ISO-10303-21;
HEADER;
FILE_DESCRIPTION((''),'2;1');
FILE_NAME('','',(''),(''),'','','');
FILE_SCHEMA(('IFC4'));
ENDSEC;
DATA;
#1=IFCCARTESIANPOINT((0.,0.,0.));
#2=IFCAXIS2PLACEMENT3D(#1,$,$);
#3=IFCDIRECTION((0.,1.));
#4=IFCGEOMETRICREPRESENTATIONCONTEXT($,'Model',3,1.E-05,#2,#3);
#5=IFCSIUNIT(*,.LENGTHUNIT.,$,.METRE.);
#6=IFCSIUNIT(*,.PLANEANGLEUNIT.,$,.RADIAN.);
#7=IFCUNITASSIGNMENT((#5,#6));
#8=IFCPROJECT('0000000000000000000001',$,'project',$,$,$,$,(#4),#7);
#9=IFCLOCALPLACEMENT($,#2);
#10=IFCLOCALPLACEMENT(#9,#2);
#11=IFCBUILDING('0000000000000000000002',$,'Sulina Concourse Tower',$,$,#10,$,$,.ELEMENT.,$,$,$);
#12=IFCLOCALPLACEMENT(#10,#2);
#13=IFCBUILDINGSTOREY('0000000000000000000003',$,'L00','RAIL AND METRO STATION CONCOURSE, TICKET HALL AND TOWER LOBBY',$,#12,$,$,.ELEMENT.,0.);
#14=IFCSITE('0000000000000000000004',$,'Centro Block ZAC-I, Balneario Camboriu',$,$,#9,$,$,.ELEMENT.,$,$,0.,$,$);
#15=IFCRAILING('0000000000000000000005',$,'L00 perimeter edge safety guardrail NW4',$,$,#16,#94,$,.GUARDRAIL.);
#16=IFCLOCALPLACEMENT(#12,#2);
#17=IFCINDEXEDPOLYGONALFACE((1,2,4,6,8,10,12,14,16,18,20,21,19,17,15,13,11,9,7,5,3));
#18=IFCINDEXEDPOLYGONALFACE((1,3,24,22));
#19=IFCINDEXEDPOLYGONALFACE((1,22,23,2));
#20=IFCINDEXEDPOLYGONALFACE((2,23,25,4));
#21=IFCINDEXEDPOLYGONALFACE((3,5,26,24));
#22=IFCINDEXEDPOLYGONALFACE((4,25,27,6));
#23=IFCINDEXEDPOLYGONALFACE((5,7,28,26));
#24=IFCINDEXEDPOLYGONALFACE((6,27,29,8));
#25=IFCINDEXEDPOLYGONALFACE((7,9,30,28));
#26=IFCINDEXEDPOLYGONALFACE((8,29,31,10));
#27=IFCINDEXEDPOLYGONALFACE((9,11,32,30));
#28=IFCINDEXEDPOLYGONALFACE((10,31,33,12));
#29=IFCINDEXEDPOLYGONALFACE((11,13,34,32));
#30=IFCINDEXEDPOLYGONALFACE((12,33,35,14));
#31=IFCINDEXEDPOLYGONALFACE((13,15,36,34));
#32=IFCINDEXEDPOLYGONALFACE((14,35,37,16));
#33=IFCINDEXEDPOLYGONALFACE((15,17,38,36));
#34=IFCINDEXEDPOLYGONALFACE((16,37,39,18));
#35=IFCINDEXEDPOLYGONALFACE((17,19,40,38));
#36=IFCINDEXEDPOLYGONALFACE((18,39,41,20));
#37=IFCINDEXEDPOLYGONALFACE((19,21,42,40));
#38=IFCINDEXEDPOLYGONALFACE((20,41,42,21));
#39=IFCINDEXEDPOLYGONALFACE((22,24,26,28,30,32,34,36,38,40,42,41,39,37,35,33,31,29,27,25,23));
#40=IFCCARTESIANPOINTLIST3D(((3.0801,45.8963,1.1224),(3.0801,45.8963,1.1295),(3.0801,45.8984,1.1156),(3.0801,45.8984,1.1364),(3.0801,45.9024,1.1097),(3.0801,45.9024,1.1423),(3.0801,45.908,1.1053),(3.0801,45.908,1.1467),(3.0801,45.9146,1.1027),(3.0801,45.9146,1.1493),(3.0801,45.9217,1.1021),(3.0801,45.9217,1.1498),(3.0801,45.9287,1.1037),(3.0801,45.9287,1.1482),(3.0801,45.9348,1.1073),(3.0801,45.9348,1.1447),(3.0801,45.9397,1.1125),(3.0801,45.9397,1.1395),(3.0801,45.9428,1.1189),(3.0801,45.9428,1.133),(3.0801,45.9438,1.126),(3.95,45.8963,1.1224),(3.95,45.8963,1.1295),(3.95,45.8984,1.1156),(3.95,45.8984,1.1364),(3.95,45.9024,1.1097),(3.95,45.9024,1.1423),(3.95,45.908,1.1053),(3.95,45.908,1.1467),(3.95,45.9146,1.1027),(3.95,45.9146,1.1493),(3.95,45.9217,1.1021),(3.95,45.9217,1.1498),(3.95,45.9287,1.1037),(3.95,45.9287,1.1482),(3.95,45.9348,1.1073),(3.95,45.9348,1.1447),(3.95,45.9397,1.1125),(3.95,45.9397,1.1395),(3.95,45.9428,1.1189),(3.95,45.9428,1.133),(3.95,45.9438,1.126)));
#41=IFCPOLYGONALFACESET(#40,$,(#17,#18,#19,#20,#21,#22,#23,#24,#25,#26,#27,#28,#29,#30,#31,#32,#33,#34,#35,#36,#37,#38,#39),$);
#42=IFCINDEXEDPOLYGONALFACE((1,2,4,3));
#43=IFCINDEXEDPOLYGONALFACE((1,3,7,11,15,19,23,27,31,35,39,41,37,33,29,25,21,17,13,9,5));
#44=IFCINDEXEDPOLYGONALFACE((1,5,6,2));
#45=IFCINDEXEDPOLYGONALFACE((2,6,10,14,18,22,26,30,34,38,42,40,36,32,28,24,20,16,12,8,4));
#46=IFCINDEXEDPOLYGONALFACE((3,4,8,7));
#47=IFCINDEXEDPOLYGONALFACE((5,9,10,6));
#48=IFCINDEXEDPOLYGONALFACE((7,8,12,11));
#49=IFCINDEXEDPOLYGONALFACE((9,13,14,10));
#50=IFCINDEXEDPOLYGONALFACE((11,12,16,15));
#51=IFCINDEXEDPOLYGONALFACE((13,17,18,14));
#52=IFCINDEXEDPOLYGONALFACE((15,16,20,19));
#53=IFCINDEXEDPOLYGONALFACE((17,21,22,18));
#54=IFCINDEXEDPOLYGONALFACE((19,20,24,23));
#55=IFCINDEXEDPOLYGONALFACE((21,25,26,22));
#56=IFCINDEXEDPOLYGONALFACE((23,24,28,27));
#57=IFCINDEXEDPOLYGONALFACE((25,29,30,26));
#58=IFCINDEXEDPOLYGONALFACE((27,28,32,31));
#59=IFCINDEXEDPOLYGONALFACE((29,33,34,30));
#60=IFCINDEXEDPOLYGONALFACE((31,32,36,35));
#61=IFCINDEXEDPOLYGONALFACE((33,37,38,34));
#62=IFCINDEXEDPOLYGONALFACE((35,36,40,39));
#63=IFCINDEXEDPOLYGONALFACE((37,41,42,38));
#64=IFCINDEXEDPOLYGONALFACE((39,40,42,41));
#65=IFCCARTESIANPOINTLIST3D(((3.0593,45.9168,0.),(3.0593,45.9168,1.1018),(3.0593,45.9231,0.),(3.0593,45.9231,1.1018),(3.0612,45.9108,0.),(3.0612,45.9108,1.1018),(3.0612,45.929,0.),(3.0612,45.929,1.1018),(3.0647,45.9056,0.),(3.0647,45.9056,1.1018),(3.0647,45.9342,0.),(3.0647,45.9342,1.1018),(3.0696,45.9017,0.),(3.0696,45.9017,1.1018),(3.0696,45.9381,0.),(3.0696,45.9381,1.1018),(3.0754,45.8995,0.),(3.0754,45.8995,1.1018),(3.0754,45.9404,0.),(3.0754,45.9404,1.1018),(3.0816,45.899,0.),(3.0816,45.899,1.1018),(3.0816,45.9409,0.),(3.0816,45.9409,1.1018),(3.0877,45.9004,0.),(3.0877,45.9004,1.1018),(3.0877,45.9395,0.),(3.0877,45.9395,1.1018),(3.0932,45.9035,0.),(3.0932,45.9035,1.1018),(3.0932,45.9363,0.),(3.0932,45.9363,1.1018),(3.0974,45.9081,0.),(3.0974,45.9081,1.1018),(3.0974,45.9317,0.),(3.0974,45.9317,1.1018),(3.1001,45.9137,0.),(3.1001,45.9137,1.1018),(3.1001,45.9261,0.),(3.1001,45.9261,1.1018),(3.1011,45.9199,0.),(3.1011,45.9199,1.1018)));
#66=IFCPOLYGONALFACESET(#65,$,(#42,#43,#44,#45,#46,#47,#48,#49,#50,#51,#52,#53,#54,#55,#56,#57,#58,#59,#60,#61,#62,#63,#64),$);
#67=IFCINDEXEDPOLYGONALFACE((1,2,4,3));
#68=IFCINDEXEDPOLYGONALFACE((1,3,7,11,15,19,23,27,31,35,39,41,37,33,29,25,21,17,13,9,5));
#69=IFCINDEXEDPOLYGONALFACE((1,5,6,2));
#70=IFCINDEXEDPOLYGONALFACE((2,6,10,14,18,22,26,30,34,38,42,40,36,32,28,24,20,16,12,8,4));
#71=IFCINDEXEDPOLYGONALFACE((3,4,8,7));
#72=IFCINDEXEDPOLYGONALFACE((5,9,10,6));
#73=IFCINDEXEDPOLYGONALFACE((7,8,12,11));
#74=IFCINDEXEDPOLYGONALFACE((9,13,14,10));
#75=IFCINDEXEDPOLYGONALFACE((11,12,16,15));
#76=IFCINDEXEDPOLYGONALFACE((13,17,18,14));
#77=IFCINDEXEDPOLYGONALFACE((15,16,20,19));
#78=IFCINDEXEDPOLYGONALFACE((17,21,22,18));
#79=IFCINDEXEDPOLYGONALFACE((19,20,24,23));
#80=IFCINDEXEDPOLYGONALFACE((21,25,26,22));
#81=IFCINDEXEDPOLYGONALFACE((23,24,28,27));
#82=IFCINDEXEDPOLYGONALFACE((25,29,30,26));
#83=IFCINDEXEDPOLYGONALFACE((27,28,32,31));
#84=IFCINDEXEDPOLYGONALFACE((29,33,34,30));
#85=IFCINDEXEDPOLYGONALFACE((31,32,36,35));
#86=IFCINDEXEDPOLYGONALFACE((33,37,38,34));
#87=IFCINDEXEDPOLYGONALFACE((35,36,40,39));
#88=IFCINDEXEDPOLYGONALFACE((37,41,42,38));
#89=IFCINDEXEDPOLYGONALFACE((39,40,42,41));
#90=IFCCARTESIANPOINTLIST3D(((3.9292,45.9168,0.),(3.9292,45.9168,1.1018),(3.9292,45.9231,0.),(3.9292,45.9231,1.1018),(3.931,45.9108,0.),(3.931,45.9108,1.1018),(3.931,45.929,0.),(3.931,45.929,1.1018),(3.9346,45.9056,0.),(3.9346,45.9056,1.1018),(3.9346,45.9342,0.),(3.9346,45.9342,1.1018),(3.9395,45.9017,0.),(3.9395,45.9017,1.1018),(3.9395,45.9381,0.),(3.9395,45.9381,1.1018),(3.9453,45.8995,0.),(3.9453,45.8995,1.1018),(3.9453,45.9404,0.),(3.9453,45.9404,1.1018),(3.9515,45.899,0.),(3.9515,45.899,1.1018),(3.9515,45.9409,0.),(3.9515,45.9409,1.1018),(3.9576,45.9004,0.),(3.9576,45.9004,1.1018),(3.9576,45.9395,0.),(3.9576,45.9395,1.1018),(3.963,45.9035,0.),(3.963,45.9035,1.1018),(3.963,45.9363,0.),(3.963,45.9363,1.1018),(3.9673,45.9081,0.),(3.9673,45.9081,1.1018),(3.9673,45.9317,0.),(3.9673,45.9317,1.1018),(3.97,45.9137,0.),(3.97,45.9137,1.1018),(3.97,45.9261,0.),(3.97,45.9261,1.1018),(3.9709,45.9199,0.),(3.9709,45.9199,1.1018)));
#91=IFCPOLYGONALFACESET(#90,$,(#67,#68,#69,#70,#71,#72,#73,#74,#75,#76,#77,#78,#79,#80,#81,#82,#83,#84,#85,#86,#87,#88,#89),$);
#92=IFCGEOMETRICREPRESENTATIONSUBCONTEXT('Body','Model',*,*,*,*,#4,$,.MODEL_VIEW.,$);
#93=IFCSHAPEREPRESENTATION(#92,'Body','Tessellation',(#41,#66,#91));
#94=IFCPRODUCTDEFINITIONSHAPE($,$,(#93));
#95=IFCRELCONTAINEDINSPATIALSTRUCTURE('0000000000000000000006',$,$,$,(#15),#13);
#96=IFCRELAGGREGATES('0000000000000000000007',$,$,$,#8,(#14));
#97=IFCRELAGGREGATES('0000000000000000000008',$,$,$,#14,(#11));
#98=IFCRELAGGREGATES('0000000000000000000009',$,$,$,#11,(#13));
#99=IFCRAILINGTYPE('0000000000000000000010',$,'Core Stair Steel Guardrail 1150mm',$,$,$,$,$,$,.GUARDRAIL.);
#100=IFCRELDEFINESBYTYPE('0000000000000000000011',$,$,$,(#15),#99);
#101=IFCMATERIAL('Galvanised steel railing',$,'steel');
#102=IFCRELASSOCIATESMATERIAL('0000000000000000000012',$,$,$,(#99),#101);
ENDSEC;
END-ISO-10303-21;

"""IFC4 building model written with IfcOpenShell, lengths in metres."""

from ifc_helpers import new_model, si_unit, direction, frame, origin, origin_2d, place, context, subcontext, project, spatial, circle, extrude, material, type_object, element, save


model = new_model("IFC4")

# Units and contexts
model_context = context("Model", 3, precision=1e-05, world=origin(), true_north=direction((0.0, 1.0)))
body_context = subcontext(model_context, "Body", "Model", "MODEL_VIEW")
ifc_project = project(units=[si_unit("LENGTHUNIT", "METRE"), si_unit("PLANEANGLEUNIT", "RADIAN")], contexts=[model_context])

# Site, building, storey
site_placement = place(None, origin())
site = spatial("IfcSite", under=ifc_project, at=site_placement, Name="Centro Block ZAC-I, Balneario Camboriu", CompositionType="ELEMENT", RefElevation=0.0)
building_placement = place(site_placement, origin())
building = spatial("IfcBuilding", under=site, at=building_placement, Name="Sulina Concourse Tower", CompositionType="ELEMENT")
storey_placement = place(building_placement, origin())
storey = spatial("IfcBuildingStorey", under=building, at=storey_placement, Name="L00", Description="RAIL AND METRO STATION CONCOURSE, TICKET HALL AND TOWER LOBBY", CompositionType="ELEMENT", Elevation=0.0)

# Railing
ifc_material_1 = material(Name="Galvanised steel railing", Category="steel")
railing_type_1 = type_object("IfcRailingType", Name="Core Stair Steel Guardrail 1150mm", PredefinedType="GUARDRAIL", material=ifc_material_1)
railing_1_placement = place(storey_placement, frame((3.0801, 45.9199, 0.0)))
element("IfcRailing", 1, at=railing_1_placement, inside=storey, type_object=railing_type_1, Name="L00 perimeter edge safety guardrail NW4", PredefinedType="GUARDRAIL", context=body_context, shape_type="SweptSolid", body=[
    extrude(circle(Radius=0.0239, at=origin_2d()), frame((0.0, 0.0, 1.126), z_axis=(1.0, 0.0, 0.0), x_axis=(0.0, 1.0, 0.0)), (0.0, 0.0, 1.0), 0.8699),
    extrude(circle(Radius=0.021, at=origin_2d()), origin(), (0.0, 0.0, 1.0), 1.1018),
    extrude(circle(Radius=0.021, at=origin_2d()), frame((0.8699, 0.0, 0.0)), (0.0, 0.0, 1.0), 1.1018),
])

save(model, "model.ifc")
